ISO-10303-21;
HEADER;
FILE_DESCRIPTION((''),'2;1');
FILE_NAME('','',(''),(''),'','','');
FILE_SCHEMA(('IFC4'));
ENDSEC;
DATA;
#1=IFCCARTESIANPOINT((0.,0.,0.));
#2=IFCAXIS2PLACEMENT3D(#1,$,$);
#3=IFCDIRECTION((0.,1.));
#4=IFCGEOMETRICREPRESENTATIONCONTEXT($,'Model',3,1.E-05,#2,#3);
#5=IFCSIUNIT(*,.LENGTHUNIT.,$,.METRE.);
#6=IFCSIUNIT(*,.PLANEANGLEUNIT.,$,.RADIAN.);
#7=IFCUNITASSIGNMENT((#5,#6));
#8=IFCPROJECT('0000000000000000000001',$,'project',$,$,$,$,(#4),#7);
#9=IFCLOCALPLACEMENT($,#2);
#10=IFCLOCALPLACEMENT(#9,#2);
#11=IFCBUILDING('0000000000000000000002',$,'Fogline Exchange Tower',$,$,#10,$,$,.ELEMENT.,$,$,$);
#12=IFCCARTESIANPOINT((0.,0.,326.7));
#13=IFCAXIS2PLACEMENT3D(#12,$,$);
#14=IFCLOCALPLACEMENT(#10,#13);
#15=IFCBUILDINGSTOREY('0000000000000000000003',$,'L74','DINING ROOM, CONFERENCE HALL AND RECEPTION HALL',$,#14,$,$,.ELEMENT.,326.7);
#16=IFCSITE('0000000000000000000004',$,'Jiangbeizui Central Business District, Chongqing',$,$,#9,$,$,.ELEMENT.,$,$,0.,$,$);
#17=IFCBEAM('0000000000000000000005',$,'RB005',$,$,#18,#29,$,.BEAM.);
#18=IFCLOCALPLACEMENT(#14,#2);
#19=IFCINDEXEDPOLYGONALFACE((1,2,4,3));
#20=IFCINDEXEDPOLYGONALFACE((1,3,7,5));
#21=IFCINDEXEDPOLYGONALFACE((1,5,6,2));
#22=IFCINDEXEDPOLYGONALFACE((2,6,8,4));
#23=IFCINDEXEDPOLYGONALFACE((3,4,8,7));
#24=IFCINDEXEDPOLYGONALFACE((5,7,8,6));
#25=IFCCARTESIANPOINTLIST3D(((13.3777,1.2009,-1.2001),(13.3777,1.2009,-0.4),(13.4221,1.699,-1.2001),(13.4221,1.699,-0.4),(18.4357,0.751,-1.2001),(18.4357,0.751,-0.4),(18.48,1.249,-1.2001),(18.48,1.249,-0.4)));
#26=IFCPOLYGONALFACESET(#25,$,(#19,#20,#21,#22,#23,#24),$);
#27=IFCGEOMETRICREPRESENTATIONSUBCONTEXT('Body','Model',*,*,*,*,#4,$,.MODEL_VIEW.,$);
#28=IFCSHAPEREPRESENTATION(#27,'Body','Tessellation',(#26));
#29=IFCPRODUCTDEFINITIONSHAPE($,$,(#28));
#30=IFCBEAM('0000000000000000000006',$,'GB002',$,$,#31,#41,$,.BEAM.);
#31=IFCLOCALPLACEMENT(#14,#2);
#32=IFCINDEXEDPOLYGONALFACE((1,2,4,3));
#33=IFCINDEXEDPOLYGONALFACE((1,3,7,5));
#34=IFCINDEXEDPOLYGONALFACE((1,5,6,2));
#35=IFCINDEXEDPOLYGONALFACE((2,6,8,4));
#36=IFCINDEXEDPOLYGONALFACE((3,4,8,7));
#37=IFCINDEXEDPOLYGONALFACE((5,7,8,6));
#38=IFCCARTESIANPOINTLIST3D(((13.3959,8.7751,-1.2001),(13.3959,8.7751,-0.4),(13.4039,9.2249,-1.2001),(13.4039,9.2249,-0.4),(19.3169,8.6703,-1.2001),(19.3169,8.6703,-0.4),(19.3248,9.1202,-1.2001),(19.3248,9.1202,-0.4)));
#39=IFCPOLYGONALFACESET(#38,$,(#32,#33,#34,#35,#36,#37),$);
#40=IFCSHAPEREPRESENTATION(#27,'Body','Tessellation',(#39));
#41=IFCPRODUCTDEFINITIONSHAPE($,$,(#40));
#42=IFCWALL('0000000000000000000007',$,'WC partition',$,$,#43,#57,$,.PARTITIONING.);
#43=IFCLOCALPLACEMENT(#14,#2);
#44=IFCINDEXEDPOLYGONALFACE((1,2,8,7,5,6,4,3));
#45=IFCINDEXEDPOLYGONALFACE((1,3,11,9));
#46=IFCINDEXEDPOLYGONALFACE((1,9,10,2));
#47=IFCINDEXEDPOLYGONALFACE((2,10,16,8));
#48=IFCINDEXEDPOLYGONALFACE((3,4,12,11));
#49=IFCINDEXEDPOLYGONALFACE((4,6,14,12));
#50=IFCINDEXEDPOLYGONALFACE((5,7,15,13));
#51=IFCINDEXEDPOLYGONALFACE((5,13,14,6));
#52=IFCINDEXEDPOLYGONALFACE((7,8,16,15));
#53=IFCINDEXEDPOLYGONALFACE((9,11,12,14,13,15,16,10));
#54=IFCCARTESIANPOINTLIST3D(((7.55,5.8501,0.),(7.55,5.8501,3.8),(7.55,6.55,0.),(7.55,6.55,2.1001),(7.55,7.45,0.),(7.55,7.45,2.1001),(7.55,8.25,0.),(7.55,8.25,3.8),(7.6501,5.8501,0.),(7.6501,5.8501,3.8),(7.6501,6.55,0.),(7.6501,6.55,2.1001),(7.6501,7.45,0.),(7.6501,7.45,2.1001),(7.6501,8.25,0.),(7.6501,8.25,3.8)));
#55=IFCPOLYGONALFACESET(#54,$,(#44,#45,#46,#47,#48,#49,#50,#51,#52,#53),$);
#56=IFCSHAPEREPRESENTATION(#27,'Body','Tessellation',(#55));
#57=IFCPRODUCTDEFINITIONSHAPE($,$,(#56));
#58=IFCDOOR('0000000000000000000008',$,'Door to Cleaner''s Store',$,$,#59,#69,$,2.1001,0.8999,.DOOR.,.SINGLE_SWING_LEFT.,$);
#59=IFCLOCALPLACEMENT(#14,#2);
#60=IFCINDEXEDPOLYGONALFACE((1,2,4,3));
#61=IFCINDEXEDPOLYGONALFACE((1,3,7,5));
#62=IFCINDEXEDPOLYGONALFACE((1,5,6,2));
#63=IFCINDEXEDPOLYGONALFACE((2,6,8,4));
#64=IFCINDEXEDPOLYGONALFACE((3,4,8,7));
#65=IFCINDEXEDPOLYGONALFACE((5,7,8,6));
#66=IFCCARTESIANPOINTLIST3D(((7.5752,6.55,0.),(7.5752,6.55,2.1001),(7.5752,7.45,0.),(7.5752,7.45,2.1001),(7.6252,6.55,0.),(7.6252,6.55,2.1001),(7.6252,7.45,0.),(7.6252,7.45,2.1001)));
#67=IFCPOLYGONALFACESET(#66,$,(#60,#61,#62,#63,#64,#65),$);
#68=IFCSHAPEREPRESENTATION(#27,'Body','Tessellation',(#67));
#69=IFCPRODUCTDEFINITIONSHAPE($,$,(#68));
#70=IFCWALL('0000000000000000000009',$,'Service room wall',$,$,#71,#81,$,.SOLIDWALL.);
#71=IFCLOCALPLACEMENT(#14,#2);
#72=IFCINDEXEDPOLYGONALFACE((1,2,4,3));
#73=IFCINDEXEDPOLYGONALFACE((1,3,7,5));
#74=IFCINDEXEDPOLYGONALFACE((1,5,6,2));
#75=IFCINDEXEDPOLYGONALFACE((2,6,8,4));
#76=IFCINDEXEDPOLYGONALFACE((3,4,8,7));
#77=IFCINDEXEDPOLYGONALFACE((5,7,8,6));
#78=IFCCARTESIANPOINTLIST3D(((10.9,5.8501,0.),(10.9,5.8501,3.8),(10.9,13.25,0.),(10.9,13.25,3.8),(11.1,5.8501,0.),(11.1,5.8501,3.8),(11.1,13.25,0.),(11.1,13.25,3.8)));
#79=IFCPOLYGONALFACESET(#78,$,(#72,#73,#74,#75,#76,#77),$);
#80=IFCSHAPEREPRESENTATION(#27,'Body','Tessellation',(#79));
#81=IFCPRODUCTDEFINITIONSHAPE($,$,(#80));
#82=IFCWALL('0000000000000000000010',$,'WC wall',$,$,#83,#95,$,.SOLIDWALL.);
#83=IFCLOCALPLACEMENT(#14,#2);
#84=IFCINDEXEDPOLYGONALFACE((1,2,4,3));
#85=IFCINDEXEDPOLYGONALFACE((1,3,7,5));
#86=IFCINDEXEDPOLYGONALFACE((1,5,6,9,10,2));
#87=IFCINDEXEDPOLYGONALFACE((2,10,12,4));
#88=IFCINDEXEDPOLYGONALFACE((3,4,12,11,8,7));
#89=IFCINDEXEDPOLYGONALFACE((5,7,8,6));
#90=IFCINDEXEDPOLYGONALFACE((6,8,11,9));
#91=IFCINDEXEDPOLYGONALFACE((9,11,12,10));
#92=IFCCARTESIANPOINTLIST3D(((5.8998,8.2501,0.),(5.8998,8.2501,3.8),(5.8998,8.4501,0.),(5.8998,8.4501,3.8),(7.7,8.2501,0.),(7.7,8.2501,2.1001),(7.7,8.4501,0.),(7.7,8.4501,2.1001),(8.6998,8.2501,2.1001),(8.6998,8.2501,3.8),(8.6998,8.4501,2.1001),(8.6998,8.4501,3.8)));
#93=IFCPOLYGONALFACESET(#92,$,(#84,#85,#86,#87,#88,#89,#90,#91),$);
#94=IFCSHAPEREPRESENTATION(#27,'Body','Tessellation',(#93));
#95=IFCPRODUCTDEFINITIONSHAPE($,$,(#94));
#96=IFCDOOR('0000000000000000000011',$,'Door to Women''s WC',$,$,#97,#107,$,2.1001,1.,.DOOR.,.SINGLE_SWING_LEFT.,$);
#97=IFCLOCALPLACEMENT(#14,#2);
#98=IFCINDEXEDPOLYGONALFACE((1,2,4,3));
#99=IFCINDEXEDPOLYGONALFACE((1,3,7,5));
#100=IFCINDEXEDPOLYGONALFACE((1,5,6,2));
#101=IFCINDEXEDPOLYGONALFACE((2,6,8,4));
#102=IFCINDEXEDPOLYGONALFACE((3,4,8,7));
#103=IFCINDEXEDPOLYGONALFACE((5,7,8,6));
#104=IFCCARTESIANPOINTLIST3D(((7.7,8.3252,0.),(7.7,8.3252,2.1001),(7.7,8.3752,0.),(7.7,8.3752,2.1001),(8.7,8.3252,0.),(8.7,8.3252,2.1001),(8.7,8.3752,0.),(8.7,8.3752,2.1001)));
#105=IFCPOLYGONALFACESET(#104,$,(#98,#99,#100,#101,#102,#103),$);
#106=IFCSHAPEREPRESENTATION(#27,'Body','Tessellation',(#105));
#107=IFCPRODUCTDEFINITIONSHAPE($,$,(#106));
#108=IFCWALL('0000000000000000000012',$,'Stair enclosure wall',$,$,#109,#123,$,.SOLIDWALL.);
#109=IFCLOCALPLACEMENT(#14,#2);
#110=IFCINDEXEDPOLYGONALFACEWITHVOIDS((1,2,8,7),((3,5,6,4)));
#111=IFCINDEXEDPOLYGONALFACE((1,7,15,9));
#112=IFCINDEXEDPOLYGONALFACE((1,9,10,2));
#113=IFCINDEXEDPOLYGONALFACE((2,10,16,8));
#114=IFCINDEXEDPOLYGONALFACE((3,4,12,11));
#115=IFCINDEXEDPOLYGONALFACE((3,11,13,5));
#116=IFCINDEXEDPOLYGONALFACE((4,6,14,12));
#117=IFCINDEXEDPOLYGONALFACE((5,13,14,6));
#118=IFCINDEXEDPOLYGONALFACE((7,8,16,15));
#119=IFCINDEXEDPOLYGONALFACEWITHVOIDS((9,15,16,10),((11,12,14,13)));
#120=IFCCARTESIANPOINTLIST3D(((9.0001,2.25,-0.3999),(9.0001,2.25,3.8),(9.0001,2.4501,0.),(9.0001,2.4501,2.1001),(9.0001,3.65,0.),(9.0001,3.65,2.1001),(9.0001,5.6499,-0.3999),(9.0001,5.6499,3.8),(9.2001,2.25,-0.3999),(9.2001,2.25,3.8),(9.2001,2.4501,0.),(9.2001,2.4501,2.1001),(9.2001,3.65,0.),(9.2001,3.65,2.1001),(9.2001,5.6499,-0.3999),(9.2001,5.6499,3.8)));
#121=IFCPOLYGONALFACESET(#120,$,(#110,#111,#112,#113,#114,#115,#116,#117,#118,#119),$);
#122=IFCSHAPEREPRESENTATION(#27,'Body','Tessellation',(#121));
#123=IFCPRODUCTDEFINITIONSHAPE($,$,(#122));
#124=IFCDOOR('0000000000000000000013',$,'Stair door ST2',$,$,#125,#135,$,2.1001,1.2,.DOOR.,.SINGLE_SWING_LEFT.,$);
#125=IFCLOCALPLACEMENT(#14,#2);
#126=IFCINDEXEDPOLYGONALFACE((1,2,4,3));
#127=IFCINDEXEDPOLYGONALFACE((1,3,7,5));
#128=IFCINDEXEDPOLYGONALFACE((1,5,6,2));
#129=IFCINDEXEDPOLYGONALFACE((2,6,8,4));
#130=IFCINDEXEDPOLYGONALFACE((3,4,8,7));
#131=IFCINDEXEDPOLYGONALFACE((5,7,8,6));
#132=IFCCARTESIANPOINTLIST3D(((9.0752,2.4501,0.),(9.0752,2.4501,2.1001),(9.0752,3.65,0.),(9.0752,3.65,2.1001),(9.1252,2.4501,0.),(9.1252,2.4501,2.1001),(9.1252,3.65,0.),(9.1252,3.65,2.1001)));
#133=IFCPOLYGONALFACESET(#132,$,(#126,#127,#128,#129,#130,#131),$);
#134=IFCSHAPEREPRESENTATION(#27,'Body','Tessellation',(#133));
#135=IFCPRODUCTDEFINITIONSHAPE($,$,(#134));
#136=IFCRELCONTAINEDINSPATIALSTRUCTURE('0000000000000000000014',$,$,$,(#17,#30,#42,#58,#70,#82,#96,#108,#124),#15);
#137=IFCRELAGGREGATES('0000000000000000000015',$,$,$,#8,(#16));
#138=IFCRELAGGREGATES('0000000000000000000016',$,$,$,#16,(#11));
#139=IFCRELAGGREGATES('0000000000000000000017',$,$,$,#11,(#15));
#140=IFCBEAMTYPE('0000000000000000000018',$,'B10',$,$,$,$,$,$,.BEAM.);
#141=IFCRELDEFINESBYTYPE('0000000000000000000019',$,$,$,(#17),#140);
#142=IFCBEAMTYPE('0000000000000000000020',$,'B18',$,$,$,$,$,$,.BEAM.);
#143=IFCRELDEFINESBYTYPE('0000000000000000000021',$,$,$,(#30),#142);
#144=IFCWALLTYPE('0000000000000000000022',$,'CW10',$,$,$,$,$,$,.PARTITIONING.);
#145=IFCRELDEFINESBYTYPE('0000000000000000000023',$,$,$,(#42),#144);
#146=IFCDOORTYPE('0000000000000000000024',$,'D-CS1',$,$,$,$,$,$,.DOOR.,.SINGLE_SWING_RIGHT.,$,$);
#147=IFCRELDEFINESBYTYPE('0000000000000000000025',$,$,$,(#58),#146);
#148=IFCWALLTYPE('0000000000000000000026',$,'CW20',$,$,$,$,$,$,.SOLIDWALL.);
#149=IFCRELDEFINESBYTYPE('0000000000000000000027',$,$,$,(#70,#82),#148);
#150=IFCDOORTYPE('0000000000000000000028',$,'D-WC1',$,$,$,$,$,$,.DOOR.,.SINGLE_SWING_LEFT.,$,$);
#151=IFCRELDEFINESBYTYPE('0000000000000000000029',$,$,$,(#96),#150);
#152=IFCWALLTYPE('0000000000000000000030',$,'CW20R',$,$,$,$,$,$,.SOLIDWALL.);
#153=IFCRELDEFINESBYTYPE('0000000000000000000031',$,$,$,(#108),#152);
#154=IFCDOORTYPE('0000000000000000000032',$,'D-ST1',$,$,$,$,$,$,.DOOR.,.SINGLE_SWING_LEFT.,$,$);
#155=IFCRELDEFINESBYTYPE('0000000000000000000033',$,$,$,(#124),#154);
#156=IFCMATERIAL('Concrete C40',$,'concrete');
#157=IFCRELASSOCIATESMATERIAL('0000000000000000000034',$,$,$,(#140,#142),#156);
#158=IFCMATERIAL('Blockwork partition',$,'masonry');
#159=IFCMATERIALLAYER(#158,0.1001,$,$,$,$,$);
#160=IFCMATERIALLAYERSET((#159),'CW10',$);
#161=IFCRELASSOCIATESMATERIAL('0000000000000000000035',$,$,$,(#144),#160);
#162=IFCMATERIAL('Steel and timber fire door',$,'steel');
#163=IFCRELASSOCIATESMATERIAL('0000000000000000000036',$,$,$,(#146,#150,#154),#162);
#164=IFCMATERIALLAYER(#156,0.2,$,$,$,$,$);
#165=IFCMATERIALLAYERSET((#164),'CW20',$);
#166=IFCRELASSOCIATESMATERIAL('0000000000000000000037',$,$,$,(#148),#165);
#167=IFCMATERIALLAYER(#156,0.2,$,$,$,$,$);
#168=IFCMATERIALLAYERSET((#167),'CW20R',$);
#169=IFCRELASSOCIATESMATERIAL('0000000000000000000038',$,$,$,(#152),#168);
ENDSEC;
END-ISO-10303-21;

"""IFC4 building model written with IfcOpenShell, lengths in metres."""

from ifc_helpers import new_model, si_unit, direction, frame, frame_2d, origin, origin_2d, place, context, subcontext, project, spatial, rectangle, extrude, material, layer, layer_set, material_profile, profile_set, type_object, element, fill, save


model = new_model("IFC4")

# Units and contexts
model_context = context("Model", 3, precision=1e-05, world=origin(), true_north=direction((0.0, 1.0)))
body_context = subcontext(model_context, "Body", "Model", "MODEL_VIEW")
ifc_project = project(units=[si_unit("LENGTHUNIT", "METRE"), si_unit("PLANEANGLEUNIT", "RADIAN")], contexts=[model_context])

# Site, building, storey
site_placement = place(None, origin())
site = spatial("IfcSite", under=ifc_project, at=site_placement, Name="Jiangbeizui Central Business District, Chongqing", CompositionType="ELEMENT", RefElevation=0.0)
building_placement = place(site_placement, origin())
building = spatial("IfcBuilding", under=site, at=building_placement, Name="Fogline Exchange Tower", CompositionType="ELEMENT")
storey_placement = place(building_placement, frame((0.0, 0.0, 326.7)))
storey = spatial("IfcBuildingStorey", under=building, at=storey_placement, Name="L74", Description="DINING ROOM, CONFERENCE HALL AND RECEPTION HALL", CompositionType="ELEMENT", Elevation=326.7)

# Beams
ifc_material_1 = material(Name="Concrete C40", Category="concrete")
ifc_material_profile_1 = material_profile(ifc_material_1, rectangle(XDim=0.5, YDim=0.8, at=origin_2d()), Name="RC 500x800")
ifc_profile_set_1 = profile_set([ifc_material_profile_1], Name="Concrete C40")
beam_type_1 = type_object("IfcBeamType", Name="B10", PredefinedType="BEAM", material=ifc_profile_set_1)
beam_1_placement = place(storey_placement, frame((13.3999, 1.45, -0.8), z_axis=(0.996066, -0.088611, 0.0), x_axis=(0.088611, 0.996066, 0.0)))
element("IfcBeam", 1, at=beam_1_placement, inside=storey, type_object=beam_type_1, Name="RB005", PredefinedType="BEAM", context=body_context, shape_type="SweptSolid", body=[
    extrude(rectangle(XDim=0.5, YDim=0.8, at=origin_2d()), origin(), (0.0, 0.0, 1.0), 5.0779),
])
ifc_material_profile_2 = material_profile(ifc_material_1, rectangle(XDim=0.45, YDim=0.8, at=origin_2d()), Name="RC 450x800")
ifc_profile_set_2 = profile_set([ifc_material_profile_2], Name="Concrete C40")
beam_type_2 = type_object("IfcBeamType", Name="B18", PredefinedType="BEAM", material=ifc_profile_set_2)
beam_2_placement = place(storey_placement, frame((13.3999, 9.0, -0.8), z_axis=(0.999844, -0.017686, 0.0), x_axis=(0.017686, 0.999844, 0.0)))
element("IfcBeam", 2, at=beam_2_placement, inside=storey, type_object=beam_type_2, Name="GB002", PredefinedType="BEAM", context=body_context, shape_type="SweptSolid", body=[
    extrude(rectangle(XDim=0.45, YDim=0.8, at=origin_2d()), origin(), (0.0, 0.0, 1.0), 5.9219),
])

# Wall, opening, door
ifc_material_2 = material(Name="Blockwork partition", Category="masonry")
ifc_layer_1 = layer(ifc_material_2, 0.1001)
ifc_layer_set_1 = layer_set([ifc_layer_1], Name="CW10")
wall_type_1 = type_object("IfcWallType", Name="CW10", PredefinedType="PARTITIONING", material=ifc_layer_set_1)
wall_1_placement = place(storey_placement, frame((7.6001, 5.8501, 0.0), z_axis=(0.0, 0.0, 1.0), x_axis=(0.0, 1.0, 0.0)))
wall_1 = element("IfcWall", 3, at=wall_1_placement, inside=storey, type_object=wall_type_1, Name="WC partition", PredefinedType="PARTITIONING", context=body_context, shape_type="SweptSolid", body=[
    extrude(rectangle(XDim=2.3999, YDim=0.1001, at=frame_2d((1.2, 0.0))), origin(), (0.0, 0.0, 1.0), 3.8),
])
opening_1_placement = place(wall_1_placement, frame((0.7, 0.0, 0.0)))
opening_1 = element("IfcOpeningElement", 4, at=opening_1_placement, cuts=wall_1, PredefinedType="OPENING", context=body_context, shape_type="SweptSolid", body=[
    extrude(rectangle(XDim=0.8999, YDim=2.1001, at=frame_2d((0.45, 1.05))), frame((0.0, 0.0601, 0.0), z_axis=(0.0, -1.0, 0.0), x_axis=(1.0, 0.0, 0.0)), (0.0, 0.0, 1.0), 0.1201),
])
ifc_material_3 = material(Name="Steel and timber fire door", Category="steel")
door_type_1 = type_object("IfcDoorType", Name="D-CS1", OperationType="SINGLE_SWING_RIGHT", PredefinedType="DOOR", material=ifc_material_3)
door_1_placement = place(opening_1_placement, origin())
door_1 = element("IfcDoor", 5, at=door_1_placement, inside=storey, type_object=door_type_1, Name="Door to Cleaner's Store", OperationType="SINGLE_SWING_LEFT", OverallHeight=2.1001, OverallWidth=0.8999, PredefinedType="DOOR", context=body_context, shape_type="SweptSolid", body=[
    extrude(rectangle(XDim=0.8999, YDim=2.1001, at=frame_2d((0.45, 1.05))), frame((0.0, 0.0249, 0.0), z_axis=(0.0, -1.0, 0.0), x_axis=(1.0, 0.0, 0.0)), (0.0, 0.0, 1.0), 0.05),
])
fill(opening_1, door_1)

# Wall
ifc_layer_2 = layer(ifc_material_1, 0.2)
ifc_layer_set_2 = layer_set([ifc_layer_2], Name="CW20")
wall_type_2 = type_object("IfcWallType", Name="CW20", PredefinedType="SOLIDWALL", material=ifc_layer_set_2)
wall_2_placement = place(storey_placement, frame((11.0, 5.8501, 0.0), z_axis=(0.0, 0.0, 1.0), x_axis=(0.0, 1.0, 0.0)))
element("IfcWall", 6, at=wall_2_placement, inside=storey, type_object=wall_type_2, Name="Service room wall", PredefinedType="SOLIDWALL", context=body_context, shape_type="SweptSolid", body=[
    extrude(rectangle(XDim=7.3999, YDim=0.2, at=frame_2d((3.7, 0.0))), origin(), (0.0, 0.0, 1.0), 3.8),
])

# Walls, openings, doors
wall_3_placement = place(storey_placement, frame((5.8999, 8.3501, 0.0), z_axis=(0.0, 0.0, 1.0), x_axis=(1.0, 0.0, 0.0)))
wall_3 = element("IfcWall", 7, at=wall_3_placement, inside=storey, type_object=wall_type_2, Name="WC wall", PredefinedType="SOLIDWALL", context=body_context, shape_type="SweptSolid", body=[
    extrude(rectangle(XDim=2.8, YDim=0.2, at=frame_2d((1.3999, 0.0))), origin(), (0.0, 0.0, 1.0), 3.8),
])
opening_2_placement = place(wall_3_placement, frame((1.8, 0.0, 0.0)))
opening_2 = element("IfcOpeningElement", 8, at=opening_2_placement, cuts=wall_3, PredefinedType="OPENING", context=body_context, shape_type="SweptSolid", body=[
    extrude(rectangle(XDim=1.0, YDim=2.1001, at=frame_2d((0.5, 1.05))), frame((0.0, 0.1099, 0.0), z_axis=(0.0, -1.0, 0.0), x_axis=(1.0, 0.0, 0.0)), (0.0, 0.0, 1.0), 0.22),
])
door_type_2 = type_object("IfcDoorType", Name="D-WC1", OperationType="SINGLE_SWING_LEFT", PredefinedType="DOOR", material=ifc_material_3)
door_2_placement = place(opening_2_placement, frame((1.0, 0.0, 0.0), z_axis=(0.0, 0.0, 1.0), x_axis=(-1.0, 0.0, 0.0)))
door_2 = element("IfcDoor", 9, at=door_2_placement, inside=storey, type_object=door_type_2, Name="Door to Women's WC", OperationType="SINGLE_SWING_LEFT", OverallHeight=2.1001, OverallWidth=1.0, PredefinedType="DOOR", context=body_context, shape_type="SweptSolid", body=[
    extrude(rectangle(XDim=1.0, YDim=2.1001, at=frame_2d((0.5, 1.05))), frame((0.0, 0.0249, 0.0), z_axis=(0.0, -1.0, 0.0), x_axis=(1.0, 0.0, 0.0)), (0.0, 0.0, 1.0), 0.05),
])
fill(opening_2, door_2)
ifc_layer_3 = layer(ifc_material_1, 0.2)
ifc_layer_set_3 = layer_set([ifc_layer_3], Name="CW20R")
wall_type_3 = type_object("IfcWallType", Name="CW20R", PredefinedType="SOLIDWALL", material=ifc_layer_set_3)
wall_4_placement = place(storey_placement, frame((9.1001, 2.25, -0.3999), z_axis=(0.0, 0.0, 1.0), x_axis=(0.0, 1.0, 0.0)))
wall_4 = element("IfcWall", 10, at=wall_4_placement, inside=storey, type_object=wall_type_3, Name="Stair enclosure wall", PredefinedType="SOLIDWALL", context=body_context, shape_type="SweptSolid", body=[
    extrude(rectangle(XDim=3.3999, YDim=0.2, at=frame_2d((1.7, 0.0))), origin(), (0.0, 0.0, 1.0), 4.2),
])
opening_3_placement = place(wall_4_placement, frame((0.2, 0.0, 0.3999)))
opening_3 = element("IfcOpeningElement", 11, at=opening_3_placement, cuts=wall_4, PredefinedType="OPENING", context=body_context, shape_type="SweptSolid", body=[
    extrude(rectangle(XDim=1.2, YDim=2.1001, at=frame_2d((0.6001, 1.05))), frame((0.0, 0.1099, 0.0), z_axis=(0.0, -1.0, 0.0), x_axis=(1.0, 0.0, 0.0)), (0.0, 0.0, 1.0), 0.22),
])
door_type_3 = type_object("IfcDoorType", Name="D-ST1", OperationType="SINGLE_SWING_LEFT", PredefinedType="DOOR", material=ifc_material_3)
door_3_placement = place(opening_3_placement, origin())
door_3 = element("IfcDoor", 12, at=door_3_placement, inside=storey, type_object=door_type_3, Name="Stair door ST2", OperationType="SINGLE_SWING_LEFT", OverallHeight=2.1001, OverallWidth=1.2, PredefinedType="DOOR", context=body_context, shape_type="SweptSolid", body=[
    extrude(rectangle(XDim=1.2, YDim=2.1001, at=frame_2d((0.6001, 1.05))), frame((0.0, 0.0249, 0.0), z_axis=(0.0, -1.0, 0.0), x_axis=(1.0, 0.0, 0.0)), (0.0, 0.0, 1.0), 0.05),
])
fill(opening_3, door_3)

save(model, "model.ifc")
